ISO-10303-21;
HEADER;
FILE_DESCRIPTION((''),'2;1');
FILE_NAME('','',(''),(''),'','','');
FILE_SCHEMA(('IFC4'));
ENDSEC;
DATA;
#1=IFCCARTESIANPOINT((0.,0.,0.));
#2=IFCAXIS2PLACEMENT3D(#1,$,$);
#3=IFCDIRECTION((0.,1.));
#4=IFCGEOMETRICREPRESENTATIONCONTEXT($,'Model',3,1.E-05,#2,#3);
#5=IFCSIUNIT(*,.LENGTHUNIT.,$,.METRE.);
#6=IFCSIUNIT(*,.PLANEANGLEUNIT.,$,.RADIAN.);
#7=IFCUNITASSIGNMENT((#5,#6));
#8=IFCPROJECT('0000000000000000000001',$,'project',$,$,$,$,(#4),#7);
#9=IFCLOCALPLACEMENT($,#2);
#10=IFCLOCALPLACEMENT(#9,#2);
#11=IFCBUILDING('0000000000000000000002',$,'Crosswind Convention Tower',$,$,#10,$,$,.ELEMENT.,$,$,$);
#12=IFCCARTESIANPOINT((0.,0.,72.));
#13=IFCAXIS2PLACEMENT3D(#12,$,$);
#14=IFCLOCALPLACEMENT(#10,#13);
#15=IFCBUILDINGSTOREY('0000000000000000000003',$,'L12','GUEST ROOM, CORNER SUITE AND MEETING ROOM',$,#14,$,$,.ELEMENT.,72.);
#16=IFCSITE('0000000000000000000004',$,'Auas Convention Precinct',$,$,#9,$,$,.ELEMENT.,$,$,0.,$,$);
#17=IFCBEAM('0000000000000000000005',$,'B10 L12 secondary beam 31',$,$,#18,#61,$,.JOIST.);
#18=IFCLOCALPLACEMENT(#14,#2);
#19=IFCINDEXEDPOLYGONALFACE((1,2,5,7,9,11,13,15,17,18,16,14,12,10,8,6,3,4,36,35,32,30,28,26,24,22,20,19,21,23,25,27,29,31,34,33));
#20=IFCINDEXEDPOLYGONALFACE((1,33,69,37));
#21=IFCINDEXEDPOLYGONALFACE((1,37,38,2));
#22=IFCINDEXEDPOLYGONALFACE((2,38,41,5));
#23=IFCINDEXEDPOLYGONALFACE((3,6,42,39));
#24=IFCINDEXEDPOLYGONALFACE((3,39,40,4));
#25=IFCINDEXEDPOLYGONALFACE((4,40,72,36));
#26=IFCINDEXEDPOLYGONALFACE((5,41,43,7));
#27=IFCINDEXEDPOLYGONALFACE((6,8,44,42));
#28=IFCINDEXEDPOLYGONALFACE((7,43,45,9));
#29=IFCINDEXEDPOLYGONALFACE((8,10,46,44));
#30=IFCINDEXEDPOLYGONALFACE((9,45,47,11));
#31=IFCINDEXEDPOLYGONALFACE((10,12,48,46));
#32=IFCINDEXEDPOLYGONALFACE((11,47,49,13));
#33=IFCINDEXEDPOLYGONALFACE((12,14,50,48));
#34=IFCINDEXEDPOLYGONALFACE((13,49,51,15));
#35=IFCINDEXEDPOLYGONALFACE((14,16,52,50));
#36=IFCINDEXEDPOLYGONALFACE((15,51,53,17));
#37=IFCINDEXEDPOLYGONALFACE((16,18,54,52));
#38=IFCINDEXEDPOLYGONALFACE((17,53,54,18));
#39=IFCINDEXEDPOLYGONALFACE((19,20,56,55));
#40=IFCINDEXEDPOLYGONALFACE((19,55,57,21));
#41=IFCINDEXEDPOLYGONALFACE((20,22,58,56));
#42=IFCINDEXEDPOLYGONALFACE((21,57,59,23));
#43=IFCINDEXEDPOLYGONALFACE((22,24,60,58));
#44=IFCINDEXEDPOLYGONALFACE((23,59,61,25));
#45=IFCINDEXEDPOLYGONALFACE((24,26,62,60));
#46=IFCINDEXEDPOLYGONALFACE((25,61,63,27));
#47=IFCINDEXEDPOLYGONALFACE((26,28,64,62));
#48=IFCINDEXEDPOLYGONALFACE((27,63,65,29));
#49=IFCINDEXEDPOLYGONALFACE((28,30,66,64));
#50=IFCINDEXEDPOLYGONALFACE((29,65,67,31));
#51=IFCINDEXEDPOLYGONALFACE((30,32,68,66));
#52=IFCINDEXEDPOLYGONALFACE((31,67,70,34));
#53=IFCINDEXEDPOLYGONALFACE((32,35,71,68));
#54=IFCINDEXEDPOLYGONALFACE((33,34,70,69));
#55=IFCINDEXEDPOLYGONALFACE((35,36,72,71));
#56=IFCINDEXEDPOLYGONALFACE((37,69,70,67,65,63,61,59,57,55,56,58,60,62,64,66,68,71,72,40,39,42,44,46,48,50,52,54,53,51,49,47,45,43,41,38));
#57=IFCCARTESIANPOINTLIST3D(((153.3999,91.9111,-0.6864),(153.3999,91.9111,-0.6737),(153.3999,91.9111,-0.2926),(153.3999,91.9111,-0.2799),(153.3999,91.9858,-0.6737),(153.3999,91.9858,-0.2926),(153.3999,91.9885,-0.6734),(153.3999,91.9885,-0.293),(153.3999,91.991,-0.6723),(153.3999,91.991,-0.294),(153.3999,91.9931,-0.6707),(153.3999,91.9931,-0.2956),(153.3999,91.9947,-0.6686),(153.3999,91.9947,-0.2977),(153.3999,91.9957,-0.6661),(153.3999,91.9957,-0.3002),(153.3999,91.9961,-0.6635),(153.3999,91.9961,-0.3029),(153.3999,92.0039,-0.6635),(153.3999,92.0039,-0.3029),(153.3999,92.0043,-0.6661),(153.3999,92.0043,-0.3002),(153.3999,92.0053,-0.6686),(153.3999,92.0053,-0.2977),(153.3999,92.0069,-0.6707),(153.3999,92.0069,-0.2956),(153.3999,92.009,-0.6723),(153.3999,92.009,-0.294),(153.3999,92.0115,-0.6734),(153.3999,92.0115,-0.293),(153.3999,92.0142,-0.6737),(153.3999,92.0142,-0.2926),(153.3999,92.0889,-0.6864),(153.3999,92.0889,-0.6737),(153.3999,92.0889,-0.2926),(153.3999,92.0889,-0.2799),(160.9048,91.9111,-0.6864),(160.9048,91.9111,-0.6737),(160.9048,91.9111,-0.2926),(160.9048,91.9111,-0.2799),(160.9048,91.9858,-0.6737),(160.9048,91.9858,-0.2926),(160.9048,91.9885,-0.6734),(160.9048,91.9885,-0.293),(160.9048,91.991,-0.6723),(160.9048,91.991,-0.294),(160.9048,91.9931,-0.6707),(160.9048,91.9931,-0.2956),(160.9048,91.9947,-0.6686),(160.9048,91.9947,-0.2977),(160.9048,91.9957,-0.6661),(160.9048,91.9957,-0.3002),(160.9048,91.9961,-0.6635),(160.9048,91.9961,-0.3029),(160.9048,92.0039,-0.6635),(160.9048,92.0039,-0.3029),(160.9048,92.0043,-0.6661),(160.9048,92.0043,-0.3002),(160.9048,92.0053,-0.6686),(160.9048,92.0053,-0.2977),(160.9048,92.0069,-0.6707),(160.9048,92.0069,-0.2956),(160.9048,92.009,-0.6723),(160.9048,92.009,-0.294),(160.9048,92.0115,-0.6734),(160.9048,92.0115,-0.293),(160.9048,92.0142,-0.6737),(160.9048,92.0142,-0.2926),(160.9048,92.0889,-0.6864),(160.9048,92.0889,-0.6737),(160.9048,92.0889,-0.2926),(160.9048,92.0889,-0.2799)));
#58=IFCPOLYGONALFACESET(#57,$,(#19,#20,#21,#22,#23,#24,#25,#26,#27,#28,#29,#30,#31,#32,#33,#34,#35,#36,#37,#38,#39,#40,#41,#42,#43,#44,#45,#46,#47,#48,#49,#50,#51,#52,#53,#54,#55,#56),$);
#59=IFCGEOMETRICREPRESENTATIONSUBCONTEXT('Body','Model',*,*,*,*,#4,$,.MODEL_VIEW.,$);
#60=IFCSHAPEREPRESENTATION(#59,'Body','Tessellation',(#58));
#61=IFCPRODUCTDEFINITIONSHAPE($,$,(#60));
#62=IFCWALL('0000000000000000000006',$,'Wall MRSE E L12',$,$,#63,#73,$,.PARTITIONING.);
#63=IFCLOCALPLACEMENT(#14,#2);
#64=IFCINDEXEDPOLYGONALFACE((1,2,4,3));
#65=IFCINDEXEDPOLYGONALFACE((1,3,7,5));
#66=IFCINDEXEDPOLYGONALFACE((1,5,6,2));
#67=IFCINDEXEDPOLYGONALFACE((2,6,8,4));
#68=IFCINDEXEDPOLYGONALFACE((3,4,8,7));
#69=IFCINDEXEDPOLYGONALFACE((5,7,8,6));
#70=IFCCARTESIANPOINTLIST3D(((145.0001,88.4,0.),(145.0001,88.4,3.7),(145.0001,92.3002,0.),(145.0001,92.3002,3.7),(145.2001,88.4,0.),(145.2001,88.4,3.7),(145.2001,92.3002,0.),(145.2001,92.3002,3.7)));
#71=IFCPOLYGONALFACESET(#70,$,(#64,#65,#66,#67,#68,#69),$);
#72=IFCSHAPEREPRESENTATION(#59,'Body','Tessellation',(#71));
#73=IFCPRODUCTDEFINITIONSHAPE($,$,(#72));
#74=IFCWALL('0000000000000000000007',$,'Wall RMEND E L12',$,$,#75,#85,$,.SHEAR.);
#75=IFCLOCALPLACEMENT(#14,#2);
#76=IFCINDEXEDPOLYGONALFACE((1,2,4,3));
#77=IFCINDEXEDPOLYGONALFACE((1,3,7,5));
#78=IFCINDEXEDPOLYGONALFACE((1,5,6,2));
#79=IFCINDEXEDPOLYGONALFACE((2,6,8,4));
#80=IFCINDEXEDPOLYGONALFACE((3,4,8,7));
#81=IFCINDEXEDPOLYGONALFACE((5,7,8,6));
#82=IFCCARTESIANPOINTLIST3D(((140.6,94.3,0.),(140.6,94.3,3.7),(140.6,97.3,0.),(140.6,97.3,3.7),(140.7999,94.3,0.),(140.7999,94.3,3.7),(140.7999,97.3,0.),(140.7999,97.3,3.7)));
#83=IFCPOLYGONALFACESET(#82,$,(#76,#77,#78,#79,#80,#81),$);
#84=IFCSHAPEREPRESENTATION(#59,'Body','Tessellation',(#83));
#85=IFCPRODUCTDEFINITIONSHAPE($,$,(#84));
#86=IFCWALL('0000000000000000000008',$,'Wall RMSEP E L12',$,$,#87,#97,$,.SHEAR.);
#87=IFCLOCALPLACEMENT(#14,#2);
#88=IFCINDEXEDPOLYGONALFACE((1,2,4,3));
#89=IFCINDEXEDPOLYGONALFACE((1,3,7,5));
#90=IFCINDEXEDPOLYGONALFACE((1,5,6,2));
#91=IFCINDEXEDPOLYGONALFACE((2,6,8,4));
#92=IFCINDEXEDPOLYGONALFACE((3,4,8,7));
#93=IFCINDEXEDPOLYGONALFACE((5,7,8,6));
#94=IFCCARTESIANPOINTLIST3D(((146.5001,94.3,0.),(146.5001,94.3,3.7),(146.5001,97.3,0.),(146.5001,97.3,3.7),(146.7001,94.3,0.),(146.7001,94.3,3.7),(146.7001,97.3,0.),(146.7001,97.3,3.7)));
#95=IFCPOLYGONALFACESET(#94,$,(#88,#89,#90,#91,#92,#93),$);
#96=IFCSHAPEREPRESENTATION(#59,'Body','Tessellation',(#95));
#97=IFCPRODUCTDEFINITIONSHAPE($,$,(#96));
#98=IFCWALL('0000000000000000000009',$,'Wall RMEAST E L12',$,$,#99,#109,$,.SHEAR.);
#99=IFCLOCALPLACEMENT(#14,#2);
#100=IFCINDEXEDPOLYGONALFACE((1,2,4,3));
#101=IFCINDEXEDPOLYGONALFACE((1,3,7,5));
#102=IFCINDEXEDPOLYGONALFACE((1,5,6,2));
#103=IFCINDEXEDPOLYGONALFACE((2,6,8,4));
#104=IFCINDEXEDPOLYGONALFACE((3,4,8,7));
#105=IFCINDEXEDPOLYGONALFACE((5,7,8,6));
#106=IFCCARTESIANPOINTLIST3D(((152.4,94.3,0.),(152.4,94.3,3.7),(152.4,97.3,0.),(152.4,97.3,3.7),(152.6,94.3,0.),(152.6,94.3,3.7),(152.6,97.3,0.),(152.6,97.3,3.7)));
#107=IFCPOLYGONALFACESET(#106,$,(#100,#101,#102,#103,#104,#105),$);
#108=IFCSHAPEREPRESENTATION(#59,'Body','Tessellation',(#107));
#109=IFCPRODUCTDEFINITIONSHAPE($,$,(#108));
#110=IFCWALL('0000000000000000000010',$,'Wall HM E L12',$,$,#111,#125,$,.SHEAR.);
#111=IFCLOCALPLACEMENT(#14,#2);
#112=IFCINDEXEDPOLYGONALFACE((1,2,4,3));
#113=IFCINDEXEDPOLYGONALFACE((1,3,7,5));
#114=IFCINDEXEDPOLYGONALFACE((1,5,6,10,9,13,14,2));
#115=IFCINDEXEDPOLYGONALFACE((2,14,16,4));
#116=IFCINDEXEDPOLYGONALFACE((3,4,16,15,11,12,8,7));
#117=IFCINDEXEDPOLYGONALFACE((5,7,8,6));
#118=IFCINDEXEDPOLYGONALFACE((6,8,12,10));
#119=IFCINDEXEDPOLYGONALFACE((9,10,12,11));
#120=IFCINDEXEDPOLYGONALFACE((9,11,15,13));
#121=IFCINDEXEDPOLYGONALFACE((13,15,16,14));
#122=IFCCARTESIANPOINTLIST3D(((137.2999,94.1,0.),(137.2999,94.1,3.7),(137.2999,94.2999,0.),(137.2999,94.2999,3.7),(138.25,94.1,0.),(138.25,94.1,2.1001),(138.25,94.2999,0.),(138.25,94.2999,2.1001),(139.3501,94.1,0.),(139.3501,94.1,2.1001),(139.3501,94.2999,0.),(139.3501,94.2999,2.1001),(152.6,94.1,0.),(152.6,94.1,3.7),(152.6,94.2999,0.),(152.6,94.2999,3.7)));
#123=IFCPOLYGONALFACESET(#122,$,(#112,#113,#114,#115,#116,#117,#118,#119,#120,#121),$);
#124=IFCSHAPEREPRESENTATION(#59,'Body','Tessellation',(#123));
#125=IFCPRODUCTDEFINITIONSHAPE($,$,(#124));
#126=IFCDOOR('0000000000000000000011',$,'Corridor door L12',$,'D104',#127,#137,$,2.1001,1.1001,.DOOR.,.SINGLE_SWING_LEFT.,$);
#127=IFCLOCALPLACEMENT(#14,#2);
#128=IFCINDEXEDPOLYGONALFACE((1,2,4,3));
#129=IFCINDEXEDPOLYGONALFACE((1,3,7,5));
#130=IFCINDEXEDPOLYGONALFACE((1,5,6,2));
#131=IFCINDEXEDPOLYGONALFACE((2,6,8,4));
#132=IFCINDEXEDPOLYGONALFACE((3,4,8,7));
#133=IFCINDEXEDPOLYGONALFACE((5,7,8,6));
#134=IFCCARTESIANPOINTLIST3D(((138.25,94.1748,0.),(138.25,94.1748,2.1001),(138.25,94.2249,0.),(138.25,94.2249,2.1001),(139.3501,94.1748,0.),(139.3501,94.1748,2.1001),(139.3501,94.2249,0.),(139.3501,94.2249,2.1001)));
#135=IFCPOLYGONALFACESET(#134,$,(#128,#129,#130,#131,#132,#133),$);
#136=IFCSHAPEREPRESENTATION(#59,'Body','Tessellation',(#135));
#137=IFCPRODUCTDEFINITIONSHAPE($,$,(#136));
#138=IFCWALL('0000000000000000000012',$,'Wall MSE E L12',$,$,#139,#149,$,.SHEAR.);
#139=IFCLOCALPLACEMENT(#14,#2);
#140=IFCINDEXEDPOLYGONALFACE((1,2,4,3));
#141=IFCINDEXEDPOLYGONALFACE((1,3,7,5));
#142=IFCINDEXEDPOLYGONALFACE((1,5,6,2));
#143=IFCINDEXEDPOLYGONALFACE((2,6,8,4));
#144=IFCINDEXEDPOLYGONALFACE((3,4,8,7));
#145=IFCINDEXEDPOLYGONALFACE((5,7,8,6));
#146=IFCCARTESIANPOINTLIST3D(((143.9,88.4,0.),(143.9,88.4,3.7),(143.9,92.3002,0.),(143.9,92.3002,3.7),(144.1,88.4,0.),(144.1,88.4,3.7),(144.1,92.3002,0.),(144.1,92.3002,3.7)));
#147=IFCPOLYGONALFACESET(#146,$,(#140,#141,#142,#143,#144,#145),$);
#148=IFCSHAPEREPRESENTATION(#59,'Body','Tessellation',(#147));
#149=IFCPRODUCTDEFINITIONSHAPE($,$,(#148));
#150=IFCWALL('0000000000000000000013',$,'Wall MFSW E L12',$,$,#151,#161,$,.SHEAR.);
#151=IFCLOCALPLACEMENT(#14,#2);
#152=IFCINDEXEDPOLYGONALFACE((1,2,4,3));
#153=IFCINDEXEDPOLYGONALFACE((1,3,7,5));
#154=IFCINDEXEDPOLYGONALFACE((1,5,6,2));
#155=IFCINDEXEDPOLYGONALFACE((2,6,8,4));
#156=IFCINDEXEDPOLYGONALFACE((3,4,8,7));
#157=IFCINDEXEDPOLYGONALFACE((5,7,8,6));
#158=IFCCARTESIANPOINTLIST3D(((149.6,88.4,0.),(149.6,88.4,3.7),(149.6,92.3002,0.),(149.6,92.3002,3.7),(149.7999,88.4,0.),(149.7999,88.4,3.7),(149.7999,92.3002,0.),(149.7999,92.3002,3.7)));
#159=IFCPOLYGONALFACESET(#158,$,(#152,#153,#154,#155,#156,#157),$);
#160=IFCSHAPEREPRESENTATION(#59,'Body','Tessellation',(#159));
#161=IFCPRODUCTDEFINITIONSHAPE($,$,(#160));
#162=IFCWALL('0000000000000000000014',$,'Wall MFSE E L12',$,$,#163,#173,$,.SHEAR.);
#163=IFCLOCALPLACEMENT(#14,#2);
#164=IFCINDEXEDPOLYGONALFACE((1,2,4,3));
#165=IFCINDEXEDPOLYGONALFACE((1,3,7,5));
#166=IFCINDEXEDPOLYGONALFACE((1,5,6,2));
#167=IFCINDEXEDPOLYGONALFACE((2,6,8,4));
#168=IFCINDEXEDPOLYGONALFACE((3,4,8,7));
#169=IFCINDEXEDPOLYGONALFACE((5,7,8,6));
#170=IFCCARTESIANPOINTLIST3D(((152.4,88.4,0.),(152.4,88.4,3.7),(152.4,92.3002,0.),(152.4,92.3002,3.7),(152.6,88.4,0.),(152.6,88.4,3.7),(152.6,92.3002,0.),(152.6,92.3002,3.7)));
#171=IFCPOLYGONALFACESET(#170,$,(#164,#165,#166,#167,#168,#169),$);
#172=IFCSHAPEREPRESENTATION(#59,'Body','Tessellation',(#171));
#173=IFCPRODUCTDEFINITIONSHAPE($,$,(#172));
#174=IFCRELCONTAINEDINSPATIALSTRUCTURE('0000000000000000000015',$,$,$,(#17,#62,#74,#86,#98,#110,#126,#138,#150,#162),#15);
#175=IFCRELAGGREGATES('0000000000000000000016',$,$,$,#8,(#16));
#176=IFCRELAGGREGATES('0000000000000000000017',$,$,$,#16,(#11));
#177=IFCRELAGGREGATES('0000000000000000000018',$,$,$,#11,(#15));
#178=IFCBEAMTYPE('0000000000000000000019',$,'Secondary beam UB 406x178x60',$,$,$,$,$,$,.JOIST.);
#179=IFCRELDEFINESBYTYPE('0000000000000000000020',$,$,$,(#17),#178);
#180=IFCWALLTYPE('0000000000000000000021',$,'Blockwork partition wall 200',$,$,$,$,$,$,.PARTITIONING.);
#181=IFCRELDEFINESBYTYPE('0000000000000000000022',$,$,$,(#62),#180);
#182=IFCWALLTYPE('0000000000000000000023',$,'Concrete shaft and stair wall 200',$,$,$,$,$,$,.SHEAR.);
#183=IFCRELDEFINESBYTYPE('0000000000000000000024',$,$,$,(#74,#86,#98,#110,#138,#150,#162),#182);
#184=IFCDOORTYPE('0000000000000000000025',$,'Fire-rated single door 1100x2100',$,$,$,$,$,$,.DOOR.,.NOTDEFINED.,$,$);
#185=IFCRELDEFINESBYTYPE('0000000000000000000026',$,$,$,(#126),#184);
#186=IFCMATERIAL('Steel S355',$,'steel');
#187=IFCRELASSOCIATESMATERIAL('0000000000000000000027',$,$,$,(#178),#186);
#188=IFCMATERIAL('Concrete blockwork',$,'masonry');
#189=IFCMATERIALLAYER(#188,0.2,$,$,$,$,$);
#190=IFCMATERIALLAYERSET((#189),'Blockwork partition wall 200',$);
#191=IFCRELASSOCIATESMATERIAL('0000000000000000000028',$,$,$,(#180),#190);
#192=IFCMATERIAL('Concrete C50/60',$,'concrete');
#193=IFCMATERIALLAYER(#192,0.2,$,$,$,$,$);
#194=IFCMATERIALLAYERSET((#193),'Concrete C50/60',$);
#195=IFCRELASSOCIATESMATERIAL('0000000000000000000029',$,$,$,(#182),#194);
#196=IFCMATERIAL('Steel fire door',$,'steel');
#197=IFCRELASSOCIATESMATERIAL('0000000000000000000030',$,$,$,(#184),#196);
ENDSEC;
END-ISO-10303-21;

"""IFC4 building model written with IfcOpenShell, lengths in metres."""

from ifc_helpers import new_model, si_unit, direction, frame, frame_2d, origin, origin_2d, place, context, subcontext, project, spatial, rectangle, i_section, extrude, material, layer, layer_set, material_profile, profile_set, type_object, element, fill, save


model = new_model("IFC4")

# Units and contexts
model_context = context("Model", 3, precision=1e-05, world=origin(), true_north=direction((0.0, 1.0)))
body_context = subcontext(model_context, "Body", "Model", "MODEL_VIEW")
ifc_project = project(units=[si_unit("LENGTHUNIT", "METRE"), si_unit("PLANEANGLEUNIT", "RADIAN")], contexts=[model_context])

# Site, building, storey
site_placement = place(None, origin())
site = spatial("IfcSite", under=ifc_project, at=site_placement, Name="Auas Convention Precinct", CompositionType="ELEMENT", RefElevation=0.0)
building_placement = place(site_placement, origin())
building = spatial("IfcBuilding", under=site, at=building_placement, Name="Crosswind Convention Tower", CompositionType="ELEMENT")
storey_placement = place(building_placement, frame((0.0, 0.0, 72.0)))
storey = spatial("IfcBuildingStorey", under=building, at=storey_placement, Name="L12", Description="GUEST ROOM, CORNER SUITE AND MEETING ROOM", CompositionType="ELEMENT", Elevation=72.0)

# Beam
ifc_material_1 = material(Name="Steel S355", Category="steel")
ifc_material_profile = material_profile(ifc_material_1, i_section(OverallWidth=0.1777, OverallDepth=0.4065, WebThickness=0.0078, FlangeThickness=0.0127, FilletRadius=0.0103, at=origin_2d()), Name="UB 406x178x60")
ifc_profile_set = profile_set([ifc_material_profile], Name="Steel S355")
beam_type = type_object("IfcBeamType", Name="Secondary beam UB 406x178x60", PredefinedType="JOIST", material=ifc_profile_set)
beam_placement = place(storey_placement, frame((153.3999, 92.0, -0.4832), z_axis=(1.0, 0.0, 0.0), x_axis=(0.0, 1.0, 0.0)))
element("IfcBeam", 1, at=beam_placement, inside=storey, type_object=beam_type, Name="B10 L12 secondary beam 31", PredefinedType="JOIST", context=body_context, shape_type="SweptSolid", body=[
    extrude(i_section(OverallWidth=0.1777, OverallDepth=0.4065, WebThickness=0.0078, FlangeThickness=0.0127, FilletRadius=0.0103, at=origin_2d()), origin(), (0.0, 0.0, 1.0), 7.5049),
])

# Wall
ifc_material_2 = material(Name="Concrete blockwork", Category="masonry")
ifc_layer_1 = layer(ifc_material_2, 0.2)
ifc_layer_set_1 = layer_set([ifc_layer_1], Name="Blockwork partition wall 200")
wall_type_1 = type_object("IfcWallType", Name="Blockwork partition wall 200", PredefinedType="PARTITIONING", material=ifc_layer_set_1)
wall_1_placement = place(storey_placement, frame((145.1001, 88.3999, 0.0), z_axis=(0.0, 0.0, 1.0), x_axis=(0.0, 1.0, 0.0)))
element("IfcWall", 2, at=wall_1_placement, inside=storey, type_object=wall_type_1, Name="Wall MRSE E L12", PredefinedType="PARTITIONING", context=body_context, shape_type="SweptSolid", body=[
    extrude(rectangle(XDim=3.9001, YDim=0.2, at=frame_2d((1.9502, 0.0))), origin(), (0.0, 0.0, 1.0), 3.7),
])

# Shared definitions
ifc_material_3 = material(Name="Concrete C50/60", Category="concrete")

# Walls
ifc_layer_2 = layer(ifc_material_3, 0.2)
ifc_layer_set_2 = layer_set([ifc_layer_2], Name="Concrete C50/60")
wall_type_2 = type_object("IfcWallType", Name="Concrete shaft and stair wall 200", PredefinedType="SHEAR", material=ifc_layer_set_2)
for number, where, z_axis, x_axis, name in (
    (3, (140.7, 94.3, 0.0), (0.0, 0.0, 1.0), (0.0, 1.0, 0.0), "Wall RMEND E L12"),
    (4, (146.6001, 94.3, 0.0), (0.0, 0.0, 1.0), (0.0, 1.0, 0.0), "Wall RMSEP E L12"),
    (5, (152.5, 94.3, 0.0), (0.0, 0.0, 1.0), (0.0, 1.0, 0.0), "Wall RMEAST E L12"),
):
    element("IfcWall", number, at=place(storey_placement, frame(where, z_axis=z_axis, x_axis=x_axis)), inside=storey, type_object=wall_type_2, Name=name, PredefinedType="SHEAR", context=body_context, shape_type="SweptSolid", body=[
        extrude(rectangle(XDim=3.0, YDim=0.2, at=frame_2d((1.5, 0.0))), origin(), (0.0, 0.0, 1.0), 3.7),
    ])

# Wall, opening, door
wall_2_placement = place(storey_placement, frame((137.3, 94.2, 0.0), z_axis=(0.0, 0.0, 1.0), x_axis=(1.0, 0.0, 0.0)))
wall_2 = element("IfcWall", 6, at=wall_2_placement, inside=storey, type_object=wall_type_2, Name="Wall HM E L12", PredefinedType="SHEAR", context=body_context, shape_type="SweptSolid", body=[
    extrude(rectangle(XDim=15.3, YDim=0.2, at=frame_2d((7.6499, 0.0))), origin(), (0.0, 0.0, 1.0), 3.7),
])
opening_1_placement = place(wall_2_placement, frame((0.95, 0.0, 0.0)))
opening_1 = element("IfcOpeningElement", 7, at=opening_1_placement, cuts=wall_2, PredefinedType="OPENING", context=body_context, shape_type="SweptSolid", body=[
    extrude(rectangle(XDim=1.1001, YDim=2.1001, at=frame_2d((0.55, 1.05))), frame((0.0, 0.1099, 0.0), z_axis=(0.0, -1.0, 0.0), x_axis=(1.0, 0.0, 0.0)), (0.0, 0.0, 1.0), 0.22),
])
ifc_material_4 = material(Name="Steel fire door", Category="steel")
door_type_1 = type_object("IfcDoorType", Name="Fire-rated single door 1100x2100", OperationType="NOTDEFINED", PredefinedType="DOOR", material=ifc_material_4)
door_1_placement = place(opening_1_placement, origin())
door_1 = element("IfcDoor", 8, at=door_1_placement, inside=storey, type_object=door_type_1, Name="Corridor door L12", ObjectType="D104", OperationType="SINGLE_SWING_LEFT", OverallHeight=2.1001, OverallWidth=1.1001, PredefinedType="DOOR", context=body_context, shape_type="SweptSolid", body=[
    extrude(rectangle(XDim=1.1001, YDim=2.1001, at=frame_2d((0.55, 1.05))), frame((0.0, 0.0249, 0.0), z_axis=(0.0, -1.0, 0.0), x_axis=(1.0, 0.0, 0.0)), (0.0, 0.0, 1.0), 0.05),
])
fill(opening_1, door_1)

# Walls
for number, where, z_axis, x_axis, name in (
    (9, (144.0, 88.3999, 0.0), (0.0, 0.0, 1.0), (0.0, 1.0, 0.0), "Wall MSE E L12"),
    (10, (149.7, 88.3999, 0.0), (0.0, 0.0, 1.0), (0.0, 1.0, 0.0), "Wall MFSW E L12"),
    (11, (152.5, 88.3999, 0.0), (0.0, 0.0, 1.0), (0.0, 1.0, 0.0), "Wall MFSE E L12"),
):
    element("IfcWall", number, at=place(storey_placement, frame(where, z_axis=z_axis, x_axis=x_axis)), inside=storey, type_object=wall_type_2, Name=name, PredefinedType="SHEAR", context=body_context, shape_type="SweptSolid", body=[
        extrude(rectangle(XDim=3.9001, YDim=0.2, at=frame_2d((1.9502, 0.0))), origin(), (0.0, 0.0, 1.0), 3.7),
    ])

save(model, "model.ifc")
